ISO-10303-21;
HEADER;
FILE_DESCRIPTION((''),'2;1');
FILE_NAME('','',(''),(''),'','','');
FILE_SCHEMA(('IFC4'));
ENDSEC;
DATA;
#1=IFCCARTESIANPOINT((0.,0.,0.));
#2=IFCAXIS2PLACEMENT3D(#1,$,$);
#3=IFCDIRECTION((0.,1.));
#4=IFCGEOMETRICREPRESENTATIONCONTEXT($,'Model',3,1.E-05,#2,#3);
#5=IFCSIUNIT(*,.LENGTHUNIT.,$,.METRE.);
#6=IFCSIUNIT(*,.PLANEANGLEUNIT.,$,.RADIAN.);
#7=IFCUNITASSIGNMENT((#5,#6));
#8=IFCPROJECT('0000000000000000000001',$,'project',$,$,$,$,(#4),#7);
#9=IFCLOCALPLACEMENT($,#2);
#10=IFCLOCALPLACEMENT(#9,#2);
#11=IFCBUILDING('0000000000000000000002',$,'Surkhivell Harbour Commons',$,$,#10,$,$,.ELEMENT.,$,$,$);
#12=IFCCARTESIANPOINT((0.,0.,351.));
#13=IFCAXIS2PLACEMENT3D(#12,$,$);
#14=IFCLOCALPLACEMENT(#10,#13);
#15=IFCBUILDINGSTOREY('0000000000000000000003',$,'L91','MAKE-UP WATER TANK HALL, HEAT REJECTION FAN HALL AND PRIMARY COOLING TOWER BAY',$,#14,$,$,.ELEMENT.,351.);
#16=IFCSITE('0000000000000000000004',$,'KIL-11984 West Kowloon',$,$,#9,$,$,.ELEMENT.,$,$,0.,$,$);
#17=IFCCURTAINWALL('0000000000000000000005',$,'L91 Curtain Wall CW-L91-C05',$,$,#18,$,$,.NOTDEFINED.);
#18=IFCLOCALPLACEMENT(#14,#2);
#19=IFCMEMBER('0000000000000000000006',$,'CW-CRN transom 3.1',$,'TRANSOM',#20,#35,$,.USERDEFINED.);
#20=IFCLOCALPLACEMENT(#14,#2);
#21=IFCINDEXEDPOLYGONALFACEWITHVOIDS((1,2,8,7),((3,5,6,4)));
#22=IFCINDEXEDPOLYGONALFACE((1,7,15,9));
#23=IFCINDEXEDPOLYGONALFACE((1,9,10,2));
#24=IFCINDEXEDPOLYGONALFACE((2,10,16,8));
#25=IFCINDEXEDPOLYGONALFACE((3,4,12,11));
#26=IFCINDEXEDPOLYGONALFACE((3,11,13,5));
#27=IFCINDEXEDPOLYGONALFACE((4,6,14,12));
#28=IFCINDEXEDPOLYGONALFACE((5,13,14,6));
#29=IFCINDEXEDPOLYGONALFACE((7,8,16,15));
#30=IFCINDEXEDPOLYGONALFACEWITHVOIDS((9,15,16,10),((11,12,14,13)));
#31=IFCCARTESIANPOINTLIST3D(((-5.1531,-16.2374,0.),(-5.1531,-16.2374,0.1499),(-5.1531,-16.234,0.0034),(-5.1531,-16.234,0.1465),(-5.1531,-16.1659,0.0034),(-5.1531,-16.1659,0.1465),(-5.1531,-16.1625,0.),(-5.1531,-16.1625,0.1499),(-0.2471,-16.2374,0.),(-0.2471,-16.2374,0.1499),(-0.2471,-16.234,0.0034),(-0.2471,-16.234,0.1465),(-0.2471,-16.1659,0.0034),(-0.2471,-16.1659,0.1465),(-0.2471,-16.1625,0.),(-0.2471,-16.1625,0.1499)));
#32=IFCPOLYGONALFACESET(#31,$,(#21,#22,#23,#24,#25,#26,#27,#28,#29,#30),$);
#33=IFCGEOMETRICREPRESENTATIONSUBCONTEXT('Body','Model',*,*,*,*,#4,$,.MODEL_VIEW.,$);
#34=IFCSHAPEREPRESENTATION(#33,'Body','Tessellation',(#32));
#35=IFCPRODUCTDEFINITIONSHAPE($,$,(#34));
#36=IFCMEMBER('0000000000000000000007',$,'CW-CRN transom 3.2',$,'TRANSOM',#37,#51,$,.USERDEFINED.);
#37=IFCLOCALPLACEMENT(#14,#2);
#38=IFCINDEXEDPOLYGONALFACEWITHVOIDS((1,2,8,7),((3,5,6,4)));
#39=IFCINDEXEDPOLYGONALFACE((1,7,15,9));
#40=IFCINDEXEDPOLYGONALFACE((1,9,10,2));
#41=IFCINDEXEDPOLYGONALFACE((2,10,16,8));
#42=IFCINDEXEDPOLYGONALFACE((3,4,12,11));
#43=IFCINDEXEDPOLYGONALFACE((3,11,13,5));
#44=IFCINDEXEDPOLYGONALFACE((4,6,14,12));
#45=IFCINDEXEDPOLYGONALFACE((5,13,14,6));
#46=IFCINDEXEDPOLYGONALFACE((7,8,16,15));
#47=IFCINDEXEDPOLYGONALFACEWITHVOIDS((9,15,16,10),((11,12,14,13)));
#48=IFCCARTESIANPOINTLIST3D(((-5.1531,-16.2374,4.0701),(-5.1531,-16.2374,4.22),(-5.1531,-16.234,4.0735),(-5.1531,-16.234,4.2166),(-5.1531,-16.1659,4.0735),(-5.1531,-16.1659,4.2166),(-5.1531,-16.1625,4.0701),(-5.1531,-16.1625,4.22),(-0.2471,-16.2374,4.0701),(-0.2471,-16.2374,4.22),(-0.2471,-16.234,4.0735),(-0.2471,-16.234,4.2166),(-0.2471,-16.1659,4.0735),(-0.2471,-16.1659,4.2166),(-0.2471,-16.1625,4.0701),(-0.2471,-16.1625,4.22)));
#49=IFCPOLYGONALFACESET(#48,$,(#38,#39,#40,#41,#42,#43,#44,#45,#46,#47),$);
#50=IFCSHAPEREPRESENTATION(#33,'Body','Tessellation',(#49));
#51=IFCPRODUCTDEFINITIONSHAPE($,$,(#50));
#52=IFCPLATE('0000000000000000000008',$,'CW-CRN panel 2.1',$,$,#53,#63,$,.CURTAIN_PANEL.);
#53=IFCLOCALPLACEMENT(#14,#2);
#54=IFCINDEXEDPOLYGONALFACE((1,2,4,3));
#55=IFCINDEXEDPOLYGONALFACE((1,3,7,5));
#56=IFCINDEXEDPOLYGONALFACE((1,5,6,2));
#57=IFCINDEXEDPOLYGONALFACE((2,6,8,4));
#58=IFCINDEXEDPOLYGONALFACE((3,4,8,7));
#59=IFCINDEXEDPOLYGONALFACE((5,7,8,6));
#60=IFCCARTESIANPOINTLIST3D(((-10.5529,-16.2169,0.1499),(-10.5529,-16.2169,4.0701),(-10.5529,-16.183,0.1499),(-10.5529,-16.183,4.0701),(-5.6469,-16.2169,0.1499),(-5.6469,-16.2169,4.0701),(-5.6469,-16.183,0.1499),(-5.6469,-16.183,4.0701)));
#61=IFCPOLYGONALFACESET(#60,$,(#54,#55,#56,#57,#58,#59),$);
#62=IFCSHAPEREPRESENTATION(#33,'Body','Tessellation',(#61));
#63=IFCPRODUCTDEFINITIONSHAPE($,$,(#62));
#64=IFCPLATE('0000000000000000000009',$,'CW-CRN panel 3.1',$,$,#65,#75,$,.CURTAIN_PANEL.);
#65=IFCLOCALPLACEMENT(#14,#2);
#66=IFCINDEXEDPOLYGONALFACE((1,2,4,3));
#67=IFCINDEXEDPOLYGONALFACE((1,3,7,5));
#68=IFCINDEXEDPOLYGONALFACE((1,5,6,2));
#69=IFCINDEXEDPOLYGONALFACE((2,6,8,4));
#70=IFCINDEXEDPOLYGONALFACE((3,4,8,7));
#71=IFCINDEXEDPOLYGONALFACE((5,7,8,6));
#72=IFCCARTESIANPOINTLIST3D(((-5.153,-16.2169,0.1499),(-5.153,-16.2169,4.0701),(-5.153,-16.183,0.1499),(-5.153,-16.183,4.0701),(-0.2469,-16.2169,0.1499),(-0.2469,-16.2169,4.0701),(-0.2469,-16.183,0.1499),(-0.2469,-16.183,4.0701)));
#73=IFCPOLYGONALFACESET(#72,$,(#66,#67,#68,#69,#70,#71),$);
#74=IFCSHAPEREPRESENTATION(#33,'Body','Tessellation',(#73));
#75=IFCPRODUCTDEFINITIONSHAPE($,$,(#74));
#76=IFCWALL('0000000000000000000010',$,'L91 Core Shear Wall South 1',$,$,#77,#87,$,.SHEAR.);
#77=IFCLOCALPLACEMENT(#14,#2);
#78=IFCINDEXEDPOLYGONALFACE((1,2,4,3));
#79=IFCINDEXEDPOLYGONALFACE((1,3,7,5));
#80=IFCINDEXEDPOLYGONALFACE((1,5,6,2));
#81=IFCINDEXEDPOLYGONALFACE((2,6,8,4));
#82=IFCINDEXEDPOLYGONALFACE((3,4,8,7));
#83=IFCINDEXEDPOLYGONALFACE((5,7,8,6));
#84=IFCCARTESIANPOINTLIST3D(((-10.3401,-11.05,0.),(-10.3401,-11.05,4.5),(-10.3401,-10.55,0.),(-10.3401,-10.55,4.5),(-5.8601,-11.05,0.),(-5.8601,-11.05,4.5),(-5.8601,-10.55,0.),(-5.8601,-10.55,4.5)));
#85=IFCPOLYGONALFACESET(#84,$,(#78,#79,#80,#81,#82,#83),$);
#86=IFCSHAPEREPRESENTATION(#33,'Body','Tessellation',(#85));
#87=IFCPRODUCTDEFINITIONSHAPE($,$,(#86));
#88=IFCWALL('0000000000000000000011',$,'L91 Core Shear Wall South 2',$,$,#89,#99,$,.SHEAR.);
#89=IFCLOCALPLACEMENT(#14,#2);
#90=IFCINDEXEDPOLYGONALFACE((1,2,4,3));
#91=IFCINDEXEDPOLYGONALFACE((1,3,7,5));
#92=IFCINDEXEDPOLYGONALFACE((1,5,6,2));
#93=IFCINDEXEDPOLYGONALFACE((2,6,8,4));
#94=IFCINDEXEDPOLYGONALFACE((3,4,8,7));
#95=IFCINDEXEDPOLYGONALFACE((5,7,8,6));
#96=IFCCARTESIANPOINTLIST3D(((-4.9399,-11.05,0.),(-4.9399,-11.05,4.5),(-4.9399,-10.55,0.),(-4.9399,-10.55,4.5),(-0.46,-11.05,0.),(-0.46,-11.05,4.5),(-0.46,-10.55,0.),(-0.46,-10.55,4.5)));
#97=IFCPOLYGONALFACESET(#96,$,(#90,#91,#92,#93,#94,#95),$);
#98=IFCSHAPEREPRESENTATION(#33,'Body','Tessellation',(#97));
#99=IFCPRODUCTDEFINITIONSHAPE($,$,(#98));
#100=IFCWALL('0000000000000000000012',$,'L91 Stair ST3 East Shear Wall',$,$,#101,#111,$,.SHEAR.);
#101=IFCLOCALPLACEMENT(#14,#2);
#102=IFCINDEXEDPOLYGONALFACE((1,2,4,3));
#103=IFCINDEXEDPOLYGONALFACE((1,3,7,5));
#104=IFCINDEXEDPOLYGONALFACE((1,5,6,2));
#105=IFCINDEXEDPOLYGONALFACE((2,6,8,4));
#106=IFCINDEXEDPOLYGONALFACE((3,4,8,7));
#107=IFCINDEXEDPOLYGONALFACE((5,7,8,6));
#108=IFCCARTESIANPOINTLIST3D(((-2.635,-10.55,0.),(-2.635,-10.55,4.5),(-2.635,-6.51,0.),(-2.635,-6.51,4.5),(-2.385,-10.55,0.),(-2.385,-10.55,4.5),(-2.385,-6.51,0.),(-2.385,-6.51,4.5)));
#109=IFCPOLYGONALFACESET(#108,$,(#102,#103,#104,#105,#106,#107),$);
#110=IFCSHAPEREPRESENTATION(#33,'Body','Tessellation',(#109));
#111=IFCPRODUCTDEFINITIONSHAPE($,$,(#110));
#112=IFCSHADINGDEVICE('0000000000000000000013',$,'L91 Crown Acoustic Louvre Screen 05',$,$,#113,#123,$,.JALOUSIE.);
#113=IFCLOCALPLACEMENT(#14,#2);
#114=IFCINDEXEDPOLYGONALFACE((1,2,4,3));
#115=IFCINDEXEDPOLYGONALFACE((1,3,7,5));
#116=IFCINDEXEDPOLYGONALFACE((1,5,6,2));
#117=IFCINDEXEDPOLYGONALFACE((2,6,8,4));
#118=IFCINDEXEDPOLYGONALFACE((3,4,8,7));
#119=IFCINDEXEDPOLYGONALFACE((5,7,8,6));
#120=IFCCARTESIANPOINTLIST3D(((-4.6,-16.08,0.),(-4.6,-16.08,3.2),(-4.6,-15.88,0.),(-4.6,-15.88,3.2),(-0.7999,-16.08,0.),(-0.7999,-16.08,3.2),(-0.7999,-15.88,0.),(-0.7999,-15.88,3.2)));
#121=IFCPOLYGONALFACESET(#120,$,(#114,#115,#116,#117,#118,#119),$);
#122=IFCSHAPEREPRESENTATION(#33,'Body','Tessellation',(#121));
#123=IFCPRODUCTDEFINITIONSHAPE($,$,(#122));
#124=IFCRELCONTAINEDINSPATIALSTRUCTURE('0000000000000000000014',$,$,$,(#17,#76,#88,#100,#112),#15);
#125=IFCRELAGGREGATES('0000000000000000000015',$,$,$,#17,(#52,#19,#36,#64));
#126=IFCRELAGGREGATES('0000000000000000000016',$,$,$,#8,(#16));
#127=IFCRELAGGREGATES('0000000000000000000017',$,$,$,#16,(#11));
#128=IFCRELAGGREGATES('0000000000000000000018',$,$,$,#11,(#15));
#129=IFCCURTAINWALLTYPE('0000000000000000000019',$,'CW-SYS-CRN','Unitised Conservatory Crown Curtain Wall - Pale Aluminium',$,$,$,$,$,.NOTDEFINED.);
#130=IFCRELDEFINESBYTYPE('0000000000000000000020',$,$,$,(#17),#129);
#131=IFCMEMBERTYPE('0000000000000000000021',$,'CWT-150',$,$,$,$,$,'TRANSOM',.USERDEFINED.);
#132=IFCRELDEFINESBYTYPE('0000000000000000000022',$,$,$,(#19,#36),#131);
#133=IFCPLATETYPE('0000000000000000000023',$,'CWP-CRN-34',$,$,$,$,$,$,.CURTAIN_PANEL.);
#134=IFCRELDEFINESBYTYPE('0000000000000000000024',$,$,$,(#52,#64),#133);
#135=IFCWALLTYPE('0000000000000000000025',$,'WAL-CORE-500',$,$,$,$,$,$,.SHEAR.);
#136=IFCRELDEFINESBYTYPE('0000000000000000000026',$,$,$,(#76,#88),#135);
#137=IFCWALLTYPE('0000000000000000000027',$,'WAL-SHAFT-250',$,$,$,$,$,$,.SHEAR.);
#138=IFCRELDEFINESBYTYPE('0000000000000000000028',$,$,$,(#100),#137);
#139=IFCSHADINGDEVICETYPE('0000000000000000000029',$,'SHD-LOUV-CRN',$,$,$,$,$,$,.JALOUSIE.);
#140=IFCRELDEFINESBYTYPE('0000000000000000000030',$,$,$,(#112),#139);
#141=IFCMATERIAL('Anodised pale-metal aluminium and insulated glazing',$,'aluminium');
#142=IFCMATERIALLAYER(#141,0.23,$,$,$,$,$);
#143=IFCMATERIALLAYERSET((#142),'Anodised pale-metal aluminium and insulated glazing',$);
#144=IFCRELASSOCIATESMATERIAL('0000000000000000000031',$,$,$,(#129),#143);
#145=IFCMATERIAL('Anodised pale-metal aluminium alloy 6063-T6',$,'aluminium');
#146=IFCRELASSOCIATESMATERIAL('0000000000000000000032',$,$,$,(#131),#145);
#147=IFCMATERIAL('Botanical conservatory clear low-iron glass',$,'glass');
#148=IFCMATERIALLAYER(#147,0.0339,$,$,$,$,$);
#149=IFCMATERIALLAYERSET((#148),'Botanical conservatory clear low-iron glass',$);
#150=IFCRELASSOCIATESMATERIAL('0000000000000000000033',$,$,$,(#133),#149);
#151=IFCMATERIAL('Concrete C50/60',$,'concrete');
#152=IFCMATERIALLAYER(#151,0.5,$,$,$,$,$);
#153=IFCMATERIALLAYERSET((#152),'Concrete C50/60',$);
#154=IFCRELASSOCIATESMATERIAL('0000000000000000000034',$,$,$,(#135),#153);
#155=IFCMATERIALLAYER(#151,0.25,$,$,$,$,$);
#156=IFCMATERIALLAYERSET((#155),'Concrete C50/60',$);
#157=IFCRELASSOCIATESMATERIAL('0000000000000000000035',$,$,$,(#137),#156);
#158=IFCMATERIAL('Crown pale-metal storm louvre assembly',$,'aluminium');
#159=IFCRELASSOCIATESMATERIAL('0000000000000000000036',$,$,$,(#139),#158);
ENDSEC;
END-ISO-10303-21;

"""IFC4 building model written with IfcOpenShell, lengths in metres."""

from ifc_helpers import new_model, si_unit, direction, frame, frame_2d, origin, origin_2d, place, context, subcontext, project, spatial, rectangle, hollow_rectangle, extrude, material, layer, layer_set, material_profile, profile_set, type_object, element, aggregate, save


model = new_model("IFC4")

# Units and contexts
model_context = context("Model", 3, precision=1e-05, world=origin(), true_north=direction((0.0, 1.0)))
body_context = subcontext(model_context, "Body", "Model", "MODEL_VIEW")
ifc_project = project(units=[si_unit("LENGTHUNIT", "METRE"), si_unit("PLANEANGLEUNIT", "RADIAN")], contexts=[model_context])

# Site, building, storey
site_placement = place(None, origin())
site = spatial("IfcSite", under=ifc_project, at=site_placement, Name="KIL-11984 West Kowloon", CompositionType="ELEMENT", RefElevation=0.0)
building_placement = place(site_placement, origin())
building = spatial("IfcBuilding", under=site, at=building_placement, Name="Surkhivell Harbour Commons", CompositionType="ELEMENT")
storey_placement = place(building_placement, frame((0.0, 0.0, 351.0)))
storey = spatial("IfcBuildingStorey", under=building, at=storey_placement, Name="L91", Description="MAKE-UP WATER TANK HALL, HEAT REJECTION FAN HALL AND PRIMARY COOLING TOWER BAY", CompositionType="ELEMENT", Elevation=351.0)

# Curtain wall, members, plates
ifc_material_1 = material(Name="Anodised pale-metal aluminium and insulated glazing", Category="aluminium")
ifc_layer_1 = layer(ifc_material_1, 0.23)
ifc_layer_set_1 = layer_set([ifc_layer_1], Name="Anodised pale-metal aluminium and insulated glazing")
curtain_wall_type = type_object("IfcCurtainWallType", Name="CW-SYS-CRN", Description="Unitised Conservatory Crown Curtain Wall - Pale Aluminium", PredefinedType="NOTDEFINED", material=ifc_layer_set_1)
curtain_wall_placement = place(storey_placement, origin())
curtain_wall = element("IfcCurtainWall", 1, at=curtain_wall_placement, inside=storey, type_object=curtain_wall_type, Name="L91 Curtain Wall CW-L91-C05", PredefinedType="NOTDEFINED")
ifc_material_2 = material(Name="Anodised pale-metal aluminium alloy 6063-T6", Category="aluminium")
ifc_material_profile_1 = material_profile(ifc_material_2, hollow_rectangle(XDim=0.075, YDim=0.1499, WallThickness=0.0034, at=origin_2d()), Name="ALU-TRAN-75x150")
ifc_profile_set_1 = profile_set([ifc_material_profile_1], Name="Anodised pale-metal aluminium alloy 6063-T6")
member_type_1 = type_object("IfcMemberType", Name="CWT-150", ElementType="TRANSOM", PredefinedType="USERDEFINED", material=ifc_profile_set_1)
member_1_placement = place(storey_placement, frame((-5.1531, -16.2, 0.075), z_axis=(1.0, 0.0, 0.0), x_axis=(0.0, 1.0, 0.0)))
member_1 = element("IfcMember", 2, at=member_1_placement, type_object=member_type_1, Name="CW-CRN transom 3.1", ObjectType="TRANSOM", PredefinedType="USERDEFINED", context=body_context, shape_type="SweptSolid", body=[
    extrude(hollow_rectangle(XDim=0.075, YDim=0.1499, WallThickness=0.0034, at=origin_2d()), origin(), (0.0, 0.0, 1.0), 4.906),
])
member_2_placement = place(storey_placement, frame((-5.1531, -16.2, 4.145), z_axis=(1.0, 0.0, 0.0), x_axis=(0.0, 1.0, 0.0)))
member_2 = element("IfcMember", 3, at=member_2_placement, type_object=member_type_1, Name="CW-CRN transom 3.2", ObjectType="TRANSOM", PredefinedType="USERDEFINED", context=body_context, shape_type="SweptSolid", body=[
    extrude(hollow_rectangle(XDim=0.075, YDim=0.1499, WallThickness=0.0034, at=origin_2d()), origin(), (0.0, 0.0, 1.0), 4.906),
])
ifc_material_3 = material(Name="Botanical conservatory clear low-iron glass", Category="glass")
ifc_layer_2 = layer(ifc_material_3, 0.0339)
ifc_layer_set_2 = layer_set([ifc_layer_2], Name="Botanical conservatory clear low-iron glass")
plate_type = type_object("IfcPlateType", Name="CWP-CRN-34", PredefinedType="CURTAIN_PANEL", material=ifc_layer_set_2)
plate_1_placement = place(storey_placement, frame((-10.553, -16.2, 0.1499), z_axis=(0.0, 0.0, 1.0), x_axis=(1.0, 0.0, 0.0)))
plate_1 = element("IfcPlate", 4, at=plate_1_placement, type_object=plate_type, Name="CW-CRN panel 2.1", PredefinedType="CURTAIN_PANEL", context=body_context, shape_type="SweptSolid", body=[
    extrude(rectangle(XDim=4.906, YDim=0.0339, at=frame_2d((2.4531, 0.0))), origin(), (0.0, 0.0, 1.0), 3.9202),
])
plate_2_placement = place(storey_placement, frame((-5.1531, -16.2, 0.1499), z_axis=(0.0, 0.0, 1.0), x_axis=(1.0, 0.0, 0.0)))
plate_2 = element("IfcPlate", 5, at=plate_2_placement, type_object=plate_type, Name="CW-CRN panel 3.1", PredefinedType="CURTAIN_PANEL", context=body_context, shape_type="SweptSolid", body=[
    extrude(rectangle(XDim=4.906, YDim=0.0339, at=frame_2d((2.4531, 0.0))), origin(), (0.0, 0.0, 1.0), 3.9202),
])
aggregate(curtain_wall, [plate_1, member_1, member_2, plate_2])

# Walls
ifc_material_4 = material(Name="Concrete C50/60", Category="concrete")
ifc_layer_3 = layer(ifc_material_4, 0.5)
ifc_layer_set_3 = layer_set([ifc_layer_3], Name="Concrete C50/60")
wall_type_1 = type_object("IfcWallType", Name="WAL-CORE-500", PredefinedType="SHEAR", material=ifc_layer_set_3)
for number, where, z_axis, x_axis, name in (
    (6, (-10.3401, -10.8, 0.0), (0.0, 0.0, 1.0), (1.0, 0.0, 0.0), "L91 Core Shear Wall South 1"),
    (7, (-4.9399, -10.8, 0.0), (0.0, 0.0, 1.0), (1.0, 0.0, 0.0), "L91 Core Shear Wall South 2"),
):
    element("IfcWall", number, at=place(storey_placement, frame(where, z_axis=z_axis, x_axis=x_axis)), inside=storey, type_object=wall_type_1, Name=name, PredefinedType="SHEAR", context=body_context, shape_type="SweptSolid", body=[
        extrude(rectangle(XDim=4.48, YDim=0.5, at=frame_2d((2.24, 0.0))), origin(), (0.0, 0.0, 1.0), 4.5),
    ])
ifc_layer_4 = layer(ifc_material_4, 0.25)
ifc_layer_set_4 = layer_set([ifc_layer_4], Name="Concrete C50/60")
wall_type_2 = type_object("IfcWallType", Name="WAL-SHAFT-250", PredefinedType="SHEAR", material=ifc_layer_set_4)
wall_placement = place(storey_placement, frame((-2.51, -10.55, 0.0), z_axis=(0.0, 0.0, 1.0), x_axis=(0.0, 1.0, 0.0)))
element("IfcWall", 8, at=wall_placement, inside=storey, type_object=wall_type_2, Name="L91 Stair ST3 East Shear Wall", PredefinedType="SHEAR", context=body_context, shape_type="SweptSolid", body=[
    extrude(rectangle(XDim=4.04, YDim=0.25, at=frame_2d((2.02, 0.0))), origin(), (0.0, 0.0, 1.0), 4.5),
])

# Shading device
ifc_material_5 = material(Name="Crown pale-metal storm louvre assembly", Category="aluminium")
shading_device_type = type_object("IfcShadingDeviceType", Name="SHD-LOUV-CRN", PredefinedType="JALOUSIE", material=ifc_material_5)
shading_device_placement = place(storey_placement, frame((-2.7, -15.98, 0.0), z_axis=(0.0, 0.0, 1.0), x_axis=(1.0, 0.0, 0.0)))
element("IfcShadingDevice", 9, at=shading_device_placement, inside=storey, type_object=shading_device_type, Name="L91 Crown Acoustic Louvre Screen 05", PredefinedType="JALOUSIE", context=body_context, shape_type="SweptSolid", body=[
    extrude(rectangle(XDim=3.8, YDim=0.2, at=origin_2d()), origin(), (0.0, 0.0, 1.0), 3.2),
])

save(model, "model.ifc")
